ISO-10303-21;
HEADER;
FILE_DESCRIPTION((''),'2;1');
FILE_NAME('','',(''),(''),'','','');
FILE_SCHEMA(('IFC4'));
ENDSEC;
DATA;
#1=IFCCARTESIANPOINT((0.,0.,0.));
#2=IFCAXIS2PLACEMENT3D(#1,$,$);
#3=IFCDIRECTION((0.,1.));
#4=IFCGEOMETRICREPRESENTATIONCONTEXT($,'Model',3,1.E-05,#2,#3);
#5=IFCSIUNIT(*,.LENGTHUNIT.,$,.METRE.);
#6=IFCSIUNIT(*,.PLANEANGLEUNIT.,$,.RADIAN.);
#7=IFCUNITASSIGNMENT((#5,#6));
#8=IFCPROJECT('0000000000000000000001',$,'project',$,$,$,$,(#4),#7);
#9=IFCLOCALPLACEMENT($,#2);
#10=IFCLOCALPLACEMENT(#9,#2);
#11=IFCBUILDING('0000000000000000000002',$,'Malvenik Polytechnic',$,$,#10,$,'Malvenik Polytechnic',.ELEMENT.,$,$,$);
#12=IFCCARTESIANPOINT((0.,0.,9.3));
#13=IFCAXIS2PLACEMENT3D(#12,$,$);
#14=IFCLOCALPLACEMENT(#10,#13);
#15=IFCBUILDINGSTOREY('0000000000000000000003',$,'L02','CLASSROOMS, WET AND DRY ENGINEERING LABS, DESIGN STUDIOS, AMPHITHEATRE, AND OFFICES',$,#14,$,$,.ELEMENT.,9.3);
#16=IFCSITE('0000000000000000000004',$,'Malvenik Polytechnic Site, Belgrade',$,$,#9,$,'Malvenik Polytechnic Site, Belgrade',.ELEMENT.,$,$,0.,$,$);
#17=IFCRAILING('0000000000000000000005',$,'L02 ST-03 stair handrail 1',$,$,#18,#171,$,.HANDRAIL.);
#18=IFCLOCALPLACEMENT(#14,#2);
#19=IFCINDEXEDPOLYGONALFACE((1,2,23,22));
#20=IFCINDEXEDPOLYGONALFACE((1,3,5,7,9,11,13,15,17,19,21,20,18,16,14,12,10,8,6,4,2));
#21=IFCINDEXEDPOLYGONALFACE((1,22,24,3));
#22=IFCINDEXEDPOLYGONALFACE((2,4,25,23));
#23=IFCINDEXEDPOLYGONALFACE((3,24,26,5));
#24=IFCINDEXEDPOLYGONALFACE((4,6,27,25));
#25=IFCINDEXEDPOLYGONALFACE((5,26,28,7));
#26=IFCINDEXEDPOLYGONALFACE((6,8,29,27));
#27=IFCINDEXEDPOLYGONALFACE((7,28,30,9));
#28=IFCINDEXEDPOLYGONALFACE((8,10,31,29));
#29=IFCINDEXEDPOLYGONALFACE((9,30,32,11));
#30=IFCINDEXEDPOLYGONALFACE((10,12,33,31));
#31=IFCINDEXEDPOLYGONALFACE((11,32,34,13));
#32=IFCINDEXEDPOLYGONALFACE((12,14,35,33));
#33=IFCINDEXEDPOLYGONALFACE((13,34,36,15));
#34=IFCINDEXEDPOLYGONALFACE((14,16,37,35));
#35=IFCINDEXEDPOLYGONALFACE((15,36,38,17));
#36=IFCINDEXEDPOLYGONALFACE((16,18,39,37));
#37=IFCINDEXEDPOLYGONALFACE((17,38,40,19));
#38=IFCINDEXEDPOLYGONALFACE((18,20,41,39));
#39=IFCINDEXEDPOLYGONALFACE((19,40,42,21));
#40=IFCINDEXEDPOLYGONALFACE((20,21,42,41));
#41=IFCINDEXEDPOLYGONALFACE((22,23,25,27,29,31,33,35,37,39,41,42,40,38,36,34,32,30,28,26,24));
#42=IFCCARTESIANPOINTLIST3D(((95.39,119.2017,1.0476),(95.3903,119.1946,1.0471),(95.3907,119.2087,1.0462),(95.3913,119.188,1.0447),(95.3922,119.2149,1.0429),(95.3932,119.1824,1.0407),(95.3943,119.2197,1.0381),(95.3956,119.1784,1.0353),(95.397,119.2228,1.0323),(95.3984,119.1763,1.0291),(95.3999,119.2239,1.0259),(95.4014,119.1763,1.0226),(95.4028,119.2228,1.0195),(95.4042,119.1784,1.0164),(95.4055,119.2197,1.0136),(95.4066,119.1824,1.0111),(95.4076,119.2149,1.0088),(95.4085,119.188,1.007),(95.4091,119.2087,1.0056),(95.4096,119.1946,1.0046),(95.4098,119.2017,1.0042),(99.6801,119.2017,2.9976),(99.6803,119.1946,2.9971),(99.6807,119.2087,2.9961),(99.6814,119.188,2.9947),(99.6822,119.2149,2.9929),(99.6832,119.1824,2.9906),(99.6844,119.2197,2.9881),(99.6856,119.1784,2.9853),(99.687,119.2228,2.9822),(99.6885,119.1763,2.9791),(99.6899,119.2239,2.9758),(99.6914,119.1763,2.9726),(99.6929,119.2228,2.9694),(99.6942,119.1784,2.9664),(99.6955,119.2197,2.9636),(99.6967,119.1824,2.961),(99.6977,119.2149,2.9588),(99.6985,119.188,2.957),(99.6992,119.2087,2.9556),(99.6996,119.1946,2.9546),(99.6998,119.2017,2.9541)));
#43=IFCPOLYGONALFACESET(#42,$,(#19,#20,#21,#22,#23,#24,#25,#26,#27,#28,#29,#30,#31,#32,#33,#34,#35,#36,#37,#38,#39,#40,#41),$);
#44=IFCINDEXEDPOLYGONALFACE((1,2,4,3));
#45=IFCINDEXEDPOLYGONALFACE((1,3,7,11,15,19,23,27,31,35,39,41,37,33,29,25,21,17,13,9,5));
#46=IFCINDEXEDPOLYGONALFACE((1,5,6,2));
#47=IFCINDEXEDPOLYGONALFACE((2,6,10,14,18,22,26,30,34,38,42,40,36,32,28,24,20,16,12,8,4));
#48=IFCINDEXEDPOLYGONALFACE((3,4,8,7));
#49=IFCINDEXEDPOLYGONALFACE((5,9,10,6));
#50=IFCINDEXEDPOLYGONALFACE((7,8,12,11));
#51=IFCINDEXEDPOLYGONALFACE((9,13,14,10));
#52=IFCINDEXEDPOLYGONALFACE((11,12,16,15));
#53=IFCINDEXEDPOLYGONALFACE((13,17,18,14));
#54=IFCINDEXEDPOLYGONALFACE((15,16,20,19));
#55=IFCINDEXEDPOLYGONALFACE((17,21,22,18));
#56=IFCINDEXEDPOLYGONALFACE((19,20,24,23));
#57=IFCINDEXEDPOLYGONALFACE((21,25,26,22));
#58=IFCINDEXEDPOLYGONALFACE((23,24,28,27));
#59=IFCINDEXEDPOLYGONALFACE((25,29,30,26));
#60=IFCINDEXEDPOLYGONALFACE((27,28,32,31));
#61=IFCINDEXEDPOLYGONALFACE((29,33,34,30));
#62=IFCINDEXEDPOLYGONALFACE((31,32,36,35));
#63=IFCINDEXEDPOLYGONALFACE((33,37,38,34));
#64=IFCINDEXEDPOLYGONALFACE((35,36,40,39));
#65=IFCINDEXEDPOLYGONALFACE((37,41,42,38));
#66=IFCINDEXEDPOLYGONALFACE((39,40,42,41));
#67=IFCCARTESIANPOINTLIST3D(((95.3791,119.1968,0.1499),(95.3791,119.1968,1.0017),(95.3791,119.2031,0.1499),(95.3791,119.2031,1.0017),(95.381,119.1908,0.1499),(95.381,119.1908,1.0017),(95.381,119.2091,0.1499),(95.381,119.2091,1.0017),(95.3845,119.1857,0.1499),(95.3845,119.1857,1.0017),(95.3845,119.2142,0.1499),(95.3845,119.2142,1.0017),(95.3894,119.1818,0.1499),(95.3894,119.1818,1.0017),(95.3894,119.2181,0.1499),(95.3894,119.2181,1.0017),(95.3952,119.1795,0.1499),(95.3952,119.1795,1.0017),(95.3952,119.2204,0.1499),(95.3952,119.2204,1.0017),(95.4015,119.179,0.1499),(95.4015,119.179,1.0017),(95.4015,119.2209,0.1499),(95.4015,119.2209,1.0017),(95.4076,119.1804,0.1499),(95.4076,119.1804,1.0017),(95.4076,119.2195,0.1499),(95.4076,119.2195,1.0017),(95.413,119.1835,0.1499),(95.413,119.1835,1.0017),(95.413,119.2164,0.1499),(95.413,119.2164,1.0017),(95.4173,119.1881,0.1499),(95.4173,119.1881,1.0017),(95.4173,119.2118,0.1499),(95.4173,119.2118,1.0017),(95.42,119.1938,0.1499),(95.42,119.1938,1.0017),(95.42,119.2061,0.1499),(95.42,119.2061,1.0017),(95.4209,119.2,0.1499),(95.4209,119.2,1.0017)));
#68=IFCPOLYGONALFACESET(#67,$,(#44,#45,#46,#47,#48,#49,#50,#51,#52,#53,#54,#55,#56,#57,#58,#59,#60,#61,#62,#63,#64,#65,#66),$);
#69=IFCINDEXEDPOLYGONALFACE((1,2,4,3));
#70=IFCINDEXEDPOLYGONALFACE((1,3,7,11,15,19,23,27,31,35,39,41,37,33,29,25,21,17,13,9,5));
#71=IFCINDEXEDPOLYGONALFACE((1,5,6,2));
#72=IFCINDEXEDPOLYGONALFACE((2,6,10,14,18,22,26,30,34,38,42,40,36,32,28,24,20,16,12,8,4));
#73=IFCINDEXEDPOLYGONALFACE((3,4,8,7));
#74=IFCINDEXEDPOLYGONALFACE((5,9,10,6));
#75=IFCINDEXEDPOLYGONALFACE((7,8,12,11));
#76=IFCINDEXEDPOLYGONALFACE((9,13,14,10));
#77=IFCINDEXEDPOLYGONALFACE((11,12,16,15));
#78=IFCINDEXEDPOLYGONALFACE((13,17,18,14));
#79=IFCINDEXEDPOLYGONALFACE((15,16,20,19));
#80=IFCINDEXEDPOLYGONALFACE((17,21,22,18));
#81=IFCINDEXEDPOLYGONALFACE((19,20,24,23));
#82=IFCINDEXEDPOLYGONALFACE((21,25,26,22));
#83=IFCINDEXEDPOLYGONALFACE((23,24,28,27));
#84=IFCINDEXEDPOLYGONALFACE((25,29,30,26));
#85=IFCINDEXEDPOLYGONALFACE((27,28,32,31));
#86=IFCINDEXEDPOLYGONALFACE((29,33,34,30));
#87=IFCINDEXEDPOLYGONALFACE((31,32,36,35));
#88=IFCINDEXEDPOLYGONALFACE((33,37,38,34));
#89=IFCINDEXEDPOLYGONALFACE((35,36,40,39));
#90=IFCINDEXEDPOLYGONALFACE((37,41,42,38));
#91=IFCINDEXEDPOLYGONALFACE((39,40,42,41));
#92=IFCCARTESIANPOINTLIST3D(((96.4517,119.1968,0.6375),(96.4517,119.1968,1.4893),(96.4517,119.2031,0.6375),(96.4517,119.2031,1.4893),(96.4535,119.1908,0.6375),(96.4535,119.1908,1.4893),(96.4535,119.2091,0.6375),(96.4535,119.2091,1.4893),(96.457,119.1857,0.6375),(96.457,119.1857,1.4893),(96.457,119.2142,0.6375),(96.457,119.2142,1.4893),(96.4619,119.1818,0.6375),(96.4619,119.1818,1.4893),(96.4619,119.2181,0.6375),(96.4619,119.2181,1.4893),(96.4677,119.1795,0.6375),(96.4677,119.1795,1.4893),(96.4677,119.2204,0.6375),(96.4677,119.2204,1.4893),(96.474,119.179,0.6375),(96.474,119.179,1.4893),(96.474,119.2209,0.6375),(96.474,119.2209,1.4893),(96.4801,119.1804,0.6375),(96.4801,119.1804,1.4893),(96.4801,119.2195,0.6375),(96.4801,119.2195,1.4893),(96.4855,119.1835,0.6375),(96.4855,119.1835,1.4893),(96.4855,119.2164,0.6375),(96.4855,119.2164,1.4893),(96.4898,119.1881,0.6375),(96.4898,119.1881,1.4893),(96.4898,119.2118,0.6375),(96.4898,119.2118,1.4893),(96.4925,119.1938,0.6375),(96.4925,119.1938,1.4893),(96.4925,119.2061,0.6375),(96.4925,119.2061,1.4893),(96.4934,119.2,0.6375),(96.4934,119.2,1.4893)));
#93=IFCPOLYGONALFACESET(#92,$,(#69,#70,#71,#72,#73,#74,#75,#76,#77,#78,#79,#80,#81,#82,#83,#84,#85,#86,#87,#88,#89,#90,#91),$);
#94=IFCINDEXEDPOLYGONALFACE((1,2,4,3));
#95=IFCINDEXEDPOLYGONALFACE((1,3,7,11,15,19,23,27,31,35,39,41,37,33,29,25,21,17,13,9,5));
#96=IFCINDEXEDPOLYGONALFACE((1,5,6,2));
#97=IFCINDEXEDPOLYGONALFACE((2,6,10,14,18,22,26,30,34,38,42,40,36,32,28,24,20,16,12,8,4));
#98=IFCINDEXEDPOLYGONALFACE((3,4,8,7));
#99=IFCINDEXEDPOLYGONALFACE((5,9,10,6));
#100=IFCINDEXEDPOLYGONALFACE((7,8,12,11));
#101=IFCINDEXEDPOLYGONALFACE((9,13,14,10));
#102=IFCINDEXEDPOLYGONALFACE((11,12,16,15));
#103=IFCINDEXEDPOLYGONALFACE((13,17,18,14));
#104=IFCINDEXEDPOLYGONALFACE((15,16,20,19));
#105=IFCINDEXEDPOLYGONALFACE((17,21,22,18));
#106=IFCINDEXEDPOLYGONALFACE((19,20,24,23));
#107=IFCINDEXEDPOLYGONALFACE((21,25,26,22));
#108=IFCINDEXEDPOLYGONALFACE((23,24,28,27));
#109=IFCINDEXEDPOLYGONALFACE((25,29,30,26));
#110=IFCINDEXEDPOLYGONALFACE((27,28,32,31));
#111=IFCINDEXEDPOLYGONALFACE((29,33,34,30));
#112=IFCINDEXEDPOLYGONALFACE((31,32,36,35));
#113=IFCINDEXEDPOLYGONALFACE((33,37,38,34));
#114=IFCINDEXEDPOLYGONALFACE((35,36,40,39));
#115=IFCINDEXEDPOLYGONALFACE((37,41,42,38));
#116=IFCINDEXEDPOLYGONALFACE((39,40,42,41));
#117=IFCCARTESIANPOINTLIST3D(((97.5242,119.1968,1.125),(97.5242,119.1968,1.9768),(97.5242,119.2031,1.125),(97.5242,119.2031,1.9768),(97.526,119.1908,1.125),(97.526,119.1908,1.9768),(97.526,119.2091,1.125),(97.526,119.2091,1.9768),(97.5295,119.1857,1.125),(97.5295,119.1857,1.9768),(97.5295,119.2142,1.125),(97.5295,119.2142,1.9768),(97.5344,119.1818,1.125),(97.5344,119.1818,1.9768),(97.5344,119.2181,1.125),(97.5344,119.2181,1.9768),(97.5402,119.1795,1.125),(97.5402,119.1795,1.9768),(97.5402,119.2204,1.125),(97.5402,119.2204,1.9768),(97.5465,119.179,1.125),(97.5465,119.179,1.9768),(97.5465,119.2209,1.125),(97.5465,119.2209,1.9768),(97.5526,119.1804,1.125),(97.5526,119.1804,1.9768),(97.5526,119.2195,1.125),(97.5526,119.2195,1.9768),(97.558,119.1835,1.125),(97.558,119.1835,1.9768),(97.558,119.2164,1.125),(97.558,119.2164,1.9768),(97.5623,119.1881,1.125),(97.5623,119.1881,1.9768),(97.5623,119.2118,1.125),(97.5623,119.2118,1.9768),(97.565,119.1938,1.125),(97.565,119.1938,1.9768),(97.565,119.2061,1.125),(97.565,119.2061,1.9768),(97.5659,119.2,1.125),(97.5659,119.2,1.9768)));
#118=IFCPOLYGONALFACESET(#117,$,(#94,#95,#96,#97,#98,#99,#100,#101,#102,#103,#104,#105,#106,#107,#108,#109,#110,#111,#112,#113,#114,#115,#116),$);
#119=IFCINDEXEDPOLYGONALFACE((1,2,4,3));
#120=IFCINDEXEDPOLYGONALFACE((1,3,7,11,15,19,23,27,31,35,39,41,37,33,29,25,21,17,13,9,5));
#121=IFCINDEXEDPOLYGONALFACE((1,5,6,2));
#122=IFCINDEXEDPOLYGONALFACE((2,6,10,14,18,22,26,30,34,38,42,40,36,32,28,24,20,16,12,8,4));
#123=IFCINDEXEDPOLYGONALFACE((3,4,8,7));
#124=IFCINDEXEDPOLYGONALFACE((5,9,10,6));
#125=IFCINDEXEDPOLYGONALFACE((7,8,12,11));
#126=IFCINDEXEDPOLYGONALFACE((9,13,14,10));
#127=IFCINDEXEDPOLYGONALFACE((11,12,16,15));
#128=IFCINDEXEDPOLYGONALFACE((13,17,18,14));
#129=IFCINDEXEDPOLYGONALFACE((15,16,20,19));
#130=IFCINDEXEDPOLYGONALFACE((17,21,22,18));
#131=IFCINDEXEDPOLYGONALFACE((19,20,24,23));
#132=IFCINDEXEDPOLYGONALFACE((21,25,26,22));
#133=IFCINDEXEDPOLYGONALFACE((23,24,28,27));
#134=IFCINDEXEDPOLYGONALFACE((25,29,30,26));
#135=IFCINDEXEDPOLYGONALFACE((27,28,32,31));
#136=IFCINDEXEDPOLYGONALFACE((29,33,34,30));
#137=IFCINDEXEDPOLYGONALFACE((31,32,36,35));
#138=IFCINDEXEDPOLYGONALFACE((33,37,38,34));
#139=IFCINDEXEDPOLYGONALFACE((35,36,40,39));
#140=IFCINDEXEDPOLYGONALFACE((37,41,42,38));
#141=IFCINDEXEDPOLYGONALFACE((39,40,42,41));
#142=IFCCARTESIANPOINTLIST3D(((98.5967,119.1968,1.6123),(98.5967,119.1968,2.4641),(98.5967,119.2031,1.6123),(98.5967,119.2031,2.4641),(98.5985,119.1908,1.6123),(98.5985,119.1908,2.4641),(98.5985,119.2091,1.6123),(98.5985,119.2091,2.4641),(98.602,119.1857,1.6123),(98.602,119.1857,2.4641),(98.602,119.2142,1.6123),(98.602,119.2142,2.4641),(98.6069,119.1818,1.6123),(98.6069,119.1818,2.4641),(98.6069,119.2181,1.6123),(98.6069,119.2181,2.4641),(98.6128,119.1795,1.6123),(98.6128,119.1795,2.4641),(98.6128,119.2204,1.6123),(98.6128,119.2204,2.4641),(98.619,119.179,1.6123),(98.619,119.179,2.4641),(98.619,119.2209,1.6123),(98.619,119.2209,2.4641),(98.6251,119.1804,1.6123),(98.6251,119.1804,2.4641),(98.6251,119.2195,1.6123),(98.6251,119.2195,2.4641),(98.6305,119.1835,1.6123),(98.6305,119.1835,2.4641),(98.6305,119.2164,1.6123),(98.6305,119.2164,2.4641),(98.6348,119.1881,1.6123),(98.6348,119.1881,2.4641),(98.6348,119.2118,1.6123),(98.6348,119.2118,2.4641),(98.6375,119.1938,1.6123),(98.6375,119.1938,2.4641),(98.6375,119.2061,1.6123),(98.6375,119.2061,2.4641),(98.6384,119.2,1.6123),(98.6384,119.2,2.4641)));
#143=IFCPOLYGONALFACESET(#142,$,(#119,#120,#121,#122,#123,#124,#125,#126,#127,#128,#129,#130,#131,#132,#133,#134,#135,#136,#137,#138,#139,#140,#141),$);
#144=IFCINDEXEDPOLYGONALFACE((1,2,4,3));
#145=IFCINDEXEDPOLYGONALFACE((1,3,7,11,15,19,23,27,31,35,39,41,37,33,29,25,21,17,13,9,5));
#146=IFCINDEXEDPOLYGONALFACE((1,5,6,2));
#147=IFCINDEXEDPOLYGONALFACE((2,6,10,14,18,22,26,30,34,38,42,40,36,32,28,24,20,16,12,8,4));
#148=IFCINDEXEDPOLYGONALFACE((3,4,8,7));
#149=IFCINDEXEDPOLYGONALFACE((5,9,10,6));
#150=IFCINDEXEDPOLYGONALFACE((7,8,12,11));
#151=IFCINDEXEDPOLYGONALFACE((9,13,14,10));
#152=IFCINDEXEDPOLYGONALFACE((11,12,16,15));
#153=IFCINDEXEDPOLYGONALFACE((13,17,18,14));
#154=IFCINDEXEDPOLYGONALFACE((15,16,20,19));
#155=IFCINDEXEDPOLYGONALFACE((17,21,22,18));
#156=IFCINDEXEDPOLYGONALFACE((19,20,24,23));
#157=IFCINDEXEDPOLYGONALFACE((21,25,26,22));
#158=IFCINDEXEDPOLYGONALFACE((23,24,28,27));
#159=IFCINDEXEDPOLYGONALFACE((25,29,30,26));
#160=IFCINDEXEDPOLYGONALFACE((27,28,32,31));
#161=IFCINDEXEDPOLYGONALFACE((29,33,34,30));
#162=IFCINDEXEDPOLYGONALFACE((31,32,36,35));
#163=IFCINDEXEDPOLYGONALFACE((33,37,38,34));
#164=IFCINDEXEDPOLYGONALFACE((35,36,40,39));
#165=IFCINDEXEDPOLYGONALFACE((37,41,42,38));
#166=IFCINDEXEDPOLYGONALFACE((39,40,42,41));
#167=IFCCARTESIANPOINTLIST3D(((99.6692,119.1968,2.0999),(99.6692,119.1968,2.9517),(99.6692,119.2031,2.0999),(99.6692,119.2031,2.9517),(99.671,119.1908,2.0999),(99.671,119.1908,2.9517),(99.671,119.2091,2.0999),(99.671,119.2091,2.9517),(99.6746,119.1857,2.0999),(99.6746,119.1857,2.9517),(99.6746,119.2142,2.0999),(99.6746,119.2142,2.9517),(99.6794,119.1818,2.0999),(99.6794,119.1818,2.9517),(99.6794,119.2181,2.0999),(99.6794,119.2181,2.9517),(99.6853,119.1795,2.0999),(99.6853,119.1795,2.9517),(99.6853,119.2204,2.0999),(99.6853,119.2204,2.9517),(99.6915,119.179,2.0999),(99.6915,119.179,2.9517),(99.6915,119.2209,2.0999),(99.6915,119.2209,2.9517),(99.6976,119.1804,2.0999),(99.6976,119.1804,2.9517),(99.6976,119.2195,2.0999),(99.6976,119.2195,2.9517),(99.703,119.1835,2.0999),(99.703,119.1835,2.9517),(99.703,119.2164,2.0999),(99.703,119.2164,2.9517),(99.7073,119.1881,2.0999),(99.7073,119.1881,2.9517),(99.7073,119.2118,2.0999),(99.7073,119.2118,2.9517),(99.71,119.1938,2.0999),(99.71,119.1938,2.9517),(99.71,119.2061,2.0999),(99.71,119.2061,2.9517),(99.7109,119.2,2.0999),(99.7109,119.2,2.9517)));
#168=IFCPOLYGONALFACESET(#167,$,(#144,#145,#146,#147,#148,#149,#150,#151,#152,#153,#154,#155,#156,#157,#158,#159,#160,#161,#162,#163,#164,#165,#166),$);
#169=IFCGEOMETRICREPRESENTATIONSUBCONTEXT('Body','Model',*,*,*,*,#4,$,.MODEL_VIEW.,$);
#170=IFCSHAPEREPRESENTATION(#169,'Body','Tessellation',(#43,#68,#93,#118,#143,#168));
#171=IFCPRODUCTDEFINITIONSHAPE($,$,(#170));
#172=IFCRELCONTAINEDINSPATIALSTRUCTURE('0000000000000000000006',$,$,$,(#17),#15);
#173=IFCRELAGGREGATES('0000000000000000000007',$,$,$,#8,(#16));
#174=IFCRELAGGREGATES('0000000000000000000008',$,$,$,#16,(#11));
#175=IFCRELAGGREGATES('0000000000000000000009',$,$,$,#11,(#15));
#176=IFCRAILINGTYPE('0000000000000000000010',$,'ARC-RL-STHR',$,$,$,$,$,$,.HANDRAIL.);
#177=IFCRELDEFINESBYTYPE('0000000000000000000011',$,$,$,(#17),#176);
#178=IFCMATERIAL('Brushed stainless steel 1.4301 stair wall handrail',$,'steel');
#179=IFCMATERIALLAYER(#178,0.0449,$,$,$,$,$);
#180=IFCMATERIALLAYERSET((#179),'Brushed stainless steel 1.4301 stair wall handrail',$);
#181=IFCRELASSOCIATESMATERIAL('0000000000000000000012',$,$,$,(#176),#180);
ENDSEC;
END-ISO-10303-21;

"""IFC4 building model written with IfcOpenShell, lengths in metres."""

from ifc_helpers import new_model, si_unit, direction, frame, origin, origin_2d, place, context, subcontext, project, spatial, circle, extrude, material, layer, layer_set, type_object, element, save


model = new_model("IFC4")

# Units and contexts
model_context = context("Model", 3, precision=1e-05, world=origin(), true_north=direction((0.0, 1.0)))
body_context = subcontext(model_context, "Body", "Model", "MODEL_VIEW")
ifc_project = project(units=[si_unit("LENGTHUNIT", "METRE"), si_unit("PLANEANGLEUNIT", "RADIAN")], contexts=[model_context])

# Site, building, storey
site_placement = place(None, origin())
site = spatial("IfcSite", under=ifc_project, at=site_placement, Name="Malvenik Polytechnic Site, Belgrade", LongName="Malvenik Polytechnic Site, Belgrade", CompositionType="ELEMENT", RefElevation=0.0)
building_placement = place(site_placement, origin())
building = spatial("IfcBuilding", under=site, at=building_placement, Name="Malvenik Polytechnic", LongName="Malvenik Polytechnic", CompositionType="ELEMENT")
storey_placement = place(building_placement, frame((0.0, 0.0, 9.3)))
storey = spatial("IfcBuildingStorey", under=building, at=storey_placement, Name="L02", Description="CLASSROOMS, WET AND DRY ENGINEERING LABS, DESIGN STUDIOS, AMPHITHEATRE, AND OFFICES", CompositionType="ELEMENT", Elevation=9.3)

# Railing
ifc_material_1 = material(Name="Brushed stainless steel 1.4301 stair wall handrail", Category="steel")
ifc_layer_1 = layer(ifc_material_1, 0.0449)
ifc_layer_set_1 = layer_set([ifc_layer_1], Name="Brushed stainless steel 1.4301 stair wall handrail")
railing_type_1 = type_object("IfcRailingType", Name="ARC-RL-STHR", PredefinedType="HANDRAIL", material=ifc_layer_set_1)
railing_1_placement = place(storey_placement, frame((95.3999, 119.2, 0.1499)))
element("IfcRailing", 1, at=railing_1_placement, inside=storey, type_object=railing_type_1, Name="L02 ST-03 stair handrail 1", PredefinedType="HANDRAIL", context=body_context, shape_type="SweptSolid", body=[
    extrude(circle(Radius=0.0239, at=origin_2d()), frame((0.0, 0.0, 0.876), z_axis=(0.910372, 0.0, 0.413791), x_axis=(0.0, 1.0, 0.0)), (0.0, 0.0, 1.0), 4.7124),
    extrude(circle(Radius=0.021, at=origin_2d()), origin(), (0.0, 0.0, 1.0), 0.8518),
    extrude(circle(Radius=0.021, at=origin_2d()), frame((1.0725, 0.0, 0.4875)), (0.0, 0.0, 1.0), 0.8518),
    extrude(circle(Radius=0.021, at=origin_2d()), frame((2.145, 0.0, 0.9751)), (0.0, 0.0, 1.0), 0.8518),
    extrude(circle(Radius=0.021, at=origin_2d()), frame((3.2175, 0.0, 1.4624)), (0.0, 0.0, 1.0), 0.8518),
    extrude(circle(Radius=0.021, at=origin_2d()), frame((4.29, 0.0, 1.95)), (0.0, 0.0, 1.0), 0.8518),
])

save(model, "model.ifc")
